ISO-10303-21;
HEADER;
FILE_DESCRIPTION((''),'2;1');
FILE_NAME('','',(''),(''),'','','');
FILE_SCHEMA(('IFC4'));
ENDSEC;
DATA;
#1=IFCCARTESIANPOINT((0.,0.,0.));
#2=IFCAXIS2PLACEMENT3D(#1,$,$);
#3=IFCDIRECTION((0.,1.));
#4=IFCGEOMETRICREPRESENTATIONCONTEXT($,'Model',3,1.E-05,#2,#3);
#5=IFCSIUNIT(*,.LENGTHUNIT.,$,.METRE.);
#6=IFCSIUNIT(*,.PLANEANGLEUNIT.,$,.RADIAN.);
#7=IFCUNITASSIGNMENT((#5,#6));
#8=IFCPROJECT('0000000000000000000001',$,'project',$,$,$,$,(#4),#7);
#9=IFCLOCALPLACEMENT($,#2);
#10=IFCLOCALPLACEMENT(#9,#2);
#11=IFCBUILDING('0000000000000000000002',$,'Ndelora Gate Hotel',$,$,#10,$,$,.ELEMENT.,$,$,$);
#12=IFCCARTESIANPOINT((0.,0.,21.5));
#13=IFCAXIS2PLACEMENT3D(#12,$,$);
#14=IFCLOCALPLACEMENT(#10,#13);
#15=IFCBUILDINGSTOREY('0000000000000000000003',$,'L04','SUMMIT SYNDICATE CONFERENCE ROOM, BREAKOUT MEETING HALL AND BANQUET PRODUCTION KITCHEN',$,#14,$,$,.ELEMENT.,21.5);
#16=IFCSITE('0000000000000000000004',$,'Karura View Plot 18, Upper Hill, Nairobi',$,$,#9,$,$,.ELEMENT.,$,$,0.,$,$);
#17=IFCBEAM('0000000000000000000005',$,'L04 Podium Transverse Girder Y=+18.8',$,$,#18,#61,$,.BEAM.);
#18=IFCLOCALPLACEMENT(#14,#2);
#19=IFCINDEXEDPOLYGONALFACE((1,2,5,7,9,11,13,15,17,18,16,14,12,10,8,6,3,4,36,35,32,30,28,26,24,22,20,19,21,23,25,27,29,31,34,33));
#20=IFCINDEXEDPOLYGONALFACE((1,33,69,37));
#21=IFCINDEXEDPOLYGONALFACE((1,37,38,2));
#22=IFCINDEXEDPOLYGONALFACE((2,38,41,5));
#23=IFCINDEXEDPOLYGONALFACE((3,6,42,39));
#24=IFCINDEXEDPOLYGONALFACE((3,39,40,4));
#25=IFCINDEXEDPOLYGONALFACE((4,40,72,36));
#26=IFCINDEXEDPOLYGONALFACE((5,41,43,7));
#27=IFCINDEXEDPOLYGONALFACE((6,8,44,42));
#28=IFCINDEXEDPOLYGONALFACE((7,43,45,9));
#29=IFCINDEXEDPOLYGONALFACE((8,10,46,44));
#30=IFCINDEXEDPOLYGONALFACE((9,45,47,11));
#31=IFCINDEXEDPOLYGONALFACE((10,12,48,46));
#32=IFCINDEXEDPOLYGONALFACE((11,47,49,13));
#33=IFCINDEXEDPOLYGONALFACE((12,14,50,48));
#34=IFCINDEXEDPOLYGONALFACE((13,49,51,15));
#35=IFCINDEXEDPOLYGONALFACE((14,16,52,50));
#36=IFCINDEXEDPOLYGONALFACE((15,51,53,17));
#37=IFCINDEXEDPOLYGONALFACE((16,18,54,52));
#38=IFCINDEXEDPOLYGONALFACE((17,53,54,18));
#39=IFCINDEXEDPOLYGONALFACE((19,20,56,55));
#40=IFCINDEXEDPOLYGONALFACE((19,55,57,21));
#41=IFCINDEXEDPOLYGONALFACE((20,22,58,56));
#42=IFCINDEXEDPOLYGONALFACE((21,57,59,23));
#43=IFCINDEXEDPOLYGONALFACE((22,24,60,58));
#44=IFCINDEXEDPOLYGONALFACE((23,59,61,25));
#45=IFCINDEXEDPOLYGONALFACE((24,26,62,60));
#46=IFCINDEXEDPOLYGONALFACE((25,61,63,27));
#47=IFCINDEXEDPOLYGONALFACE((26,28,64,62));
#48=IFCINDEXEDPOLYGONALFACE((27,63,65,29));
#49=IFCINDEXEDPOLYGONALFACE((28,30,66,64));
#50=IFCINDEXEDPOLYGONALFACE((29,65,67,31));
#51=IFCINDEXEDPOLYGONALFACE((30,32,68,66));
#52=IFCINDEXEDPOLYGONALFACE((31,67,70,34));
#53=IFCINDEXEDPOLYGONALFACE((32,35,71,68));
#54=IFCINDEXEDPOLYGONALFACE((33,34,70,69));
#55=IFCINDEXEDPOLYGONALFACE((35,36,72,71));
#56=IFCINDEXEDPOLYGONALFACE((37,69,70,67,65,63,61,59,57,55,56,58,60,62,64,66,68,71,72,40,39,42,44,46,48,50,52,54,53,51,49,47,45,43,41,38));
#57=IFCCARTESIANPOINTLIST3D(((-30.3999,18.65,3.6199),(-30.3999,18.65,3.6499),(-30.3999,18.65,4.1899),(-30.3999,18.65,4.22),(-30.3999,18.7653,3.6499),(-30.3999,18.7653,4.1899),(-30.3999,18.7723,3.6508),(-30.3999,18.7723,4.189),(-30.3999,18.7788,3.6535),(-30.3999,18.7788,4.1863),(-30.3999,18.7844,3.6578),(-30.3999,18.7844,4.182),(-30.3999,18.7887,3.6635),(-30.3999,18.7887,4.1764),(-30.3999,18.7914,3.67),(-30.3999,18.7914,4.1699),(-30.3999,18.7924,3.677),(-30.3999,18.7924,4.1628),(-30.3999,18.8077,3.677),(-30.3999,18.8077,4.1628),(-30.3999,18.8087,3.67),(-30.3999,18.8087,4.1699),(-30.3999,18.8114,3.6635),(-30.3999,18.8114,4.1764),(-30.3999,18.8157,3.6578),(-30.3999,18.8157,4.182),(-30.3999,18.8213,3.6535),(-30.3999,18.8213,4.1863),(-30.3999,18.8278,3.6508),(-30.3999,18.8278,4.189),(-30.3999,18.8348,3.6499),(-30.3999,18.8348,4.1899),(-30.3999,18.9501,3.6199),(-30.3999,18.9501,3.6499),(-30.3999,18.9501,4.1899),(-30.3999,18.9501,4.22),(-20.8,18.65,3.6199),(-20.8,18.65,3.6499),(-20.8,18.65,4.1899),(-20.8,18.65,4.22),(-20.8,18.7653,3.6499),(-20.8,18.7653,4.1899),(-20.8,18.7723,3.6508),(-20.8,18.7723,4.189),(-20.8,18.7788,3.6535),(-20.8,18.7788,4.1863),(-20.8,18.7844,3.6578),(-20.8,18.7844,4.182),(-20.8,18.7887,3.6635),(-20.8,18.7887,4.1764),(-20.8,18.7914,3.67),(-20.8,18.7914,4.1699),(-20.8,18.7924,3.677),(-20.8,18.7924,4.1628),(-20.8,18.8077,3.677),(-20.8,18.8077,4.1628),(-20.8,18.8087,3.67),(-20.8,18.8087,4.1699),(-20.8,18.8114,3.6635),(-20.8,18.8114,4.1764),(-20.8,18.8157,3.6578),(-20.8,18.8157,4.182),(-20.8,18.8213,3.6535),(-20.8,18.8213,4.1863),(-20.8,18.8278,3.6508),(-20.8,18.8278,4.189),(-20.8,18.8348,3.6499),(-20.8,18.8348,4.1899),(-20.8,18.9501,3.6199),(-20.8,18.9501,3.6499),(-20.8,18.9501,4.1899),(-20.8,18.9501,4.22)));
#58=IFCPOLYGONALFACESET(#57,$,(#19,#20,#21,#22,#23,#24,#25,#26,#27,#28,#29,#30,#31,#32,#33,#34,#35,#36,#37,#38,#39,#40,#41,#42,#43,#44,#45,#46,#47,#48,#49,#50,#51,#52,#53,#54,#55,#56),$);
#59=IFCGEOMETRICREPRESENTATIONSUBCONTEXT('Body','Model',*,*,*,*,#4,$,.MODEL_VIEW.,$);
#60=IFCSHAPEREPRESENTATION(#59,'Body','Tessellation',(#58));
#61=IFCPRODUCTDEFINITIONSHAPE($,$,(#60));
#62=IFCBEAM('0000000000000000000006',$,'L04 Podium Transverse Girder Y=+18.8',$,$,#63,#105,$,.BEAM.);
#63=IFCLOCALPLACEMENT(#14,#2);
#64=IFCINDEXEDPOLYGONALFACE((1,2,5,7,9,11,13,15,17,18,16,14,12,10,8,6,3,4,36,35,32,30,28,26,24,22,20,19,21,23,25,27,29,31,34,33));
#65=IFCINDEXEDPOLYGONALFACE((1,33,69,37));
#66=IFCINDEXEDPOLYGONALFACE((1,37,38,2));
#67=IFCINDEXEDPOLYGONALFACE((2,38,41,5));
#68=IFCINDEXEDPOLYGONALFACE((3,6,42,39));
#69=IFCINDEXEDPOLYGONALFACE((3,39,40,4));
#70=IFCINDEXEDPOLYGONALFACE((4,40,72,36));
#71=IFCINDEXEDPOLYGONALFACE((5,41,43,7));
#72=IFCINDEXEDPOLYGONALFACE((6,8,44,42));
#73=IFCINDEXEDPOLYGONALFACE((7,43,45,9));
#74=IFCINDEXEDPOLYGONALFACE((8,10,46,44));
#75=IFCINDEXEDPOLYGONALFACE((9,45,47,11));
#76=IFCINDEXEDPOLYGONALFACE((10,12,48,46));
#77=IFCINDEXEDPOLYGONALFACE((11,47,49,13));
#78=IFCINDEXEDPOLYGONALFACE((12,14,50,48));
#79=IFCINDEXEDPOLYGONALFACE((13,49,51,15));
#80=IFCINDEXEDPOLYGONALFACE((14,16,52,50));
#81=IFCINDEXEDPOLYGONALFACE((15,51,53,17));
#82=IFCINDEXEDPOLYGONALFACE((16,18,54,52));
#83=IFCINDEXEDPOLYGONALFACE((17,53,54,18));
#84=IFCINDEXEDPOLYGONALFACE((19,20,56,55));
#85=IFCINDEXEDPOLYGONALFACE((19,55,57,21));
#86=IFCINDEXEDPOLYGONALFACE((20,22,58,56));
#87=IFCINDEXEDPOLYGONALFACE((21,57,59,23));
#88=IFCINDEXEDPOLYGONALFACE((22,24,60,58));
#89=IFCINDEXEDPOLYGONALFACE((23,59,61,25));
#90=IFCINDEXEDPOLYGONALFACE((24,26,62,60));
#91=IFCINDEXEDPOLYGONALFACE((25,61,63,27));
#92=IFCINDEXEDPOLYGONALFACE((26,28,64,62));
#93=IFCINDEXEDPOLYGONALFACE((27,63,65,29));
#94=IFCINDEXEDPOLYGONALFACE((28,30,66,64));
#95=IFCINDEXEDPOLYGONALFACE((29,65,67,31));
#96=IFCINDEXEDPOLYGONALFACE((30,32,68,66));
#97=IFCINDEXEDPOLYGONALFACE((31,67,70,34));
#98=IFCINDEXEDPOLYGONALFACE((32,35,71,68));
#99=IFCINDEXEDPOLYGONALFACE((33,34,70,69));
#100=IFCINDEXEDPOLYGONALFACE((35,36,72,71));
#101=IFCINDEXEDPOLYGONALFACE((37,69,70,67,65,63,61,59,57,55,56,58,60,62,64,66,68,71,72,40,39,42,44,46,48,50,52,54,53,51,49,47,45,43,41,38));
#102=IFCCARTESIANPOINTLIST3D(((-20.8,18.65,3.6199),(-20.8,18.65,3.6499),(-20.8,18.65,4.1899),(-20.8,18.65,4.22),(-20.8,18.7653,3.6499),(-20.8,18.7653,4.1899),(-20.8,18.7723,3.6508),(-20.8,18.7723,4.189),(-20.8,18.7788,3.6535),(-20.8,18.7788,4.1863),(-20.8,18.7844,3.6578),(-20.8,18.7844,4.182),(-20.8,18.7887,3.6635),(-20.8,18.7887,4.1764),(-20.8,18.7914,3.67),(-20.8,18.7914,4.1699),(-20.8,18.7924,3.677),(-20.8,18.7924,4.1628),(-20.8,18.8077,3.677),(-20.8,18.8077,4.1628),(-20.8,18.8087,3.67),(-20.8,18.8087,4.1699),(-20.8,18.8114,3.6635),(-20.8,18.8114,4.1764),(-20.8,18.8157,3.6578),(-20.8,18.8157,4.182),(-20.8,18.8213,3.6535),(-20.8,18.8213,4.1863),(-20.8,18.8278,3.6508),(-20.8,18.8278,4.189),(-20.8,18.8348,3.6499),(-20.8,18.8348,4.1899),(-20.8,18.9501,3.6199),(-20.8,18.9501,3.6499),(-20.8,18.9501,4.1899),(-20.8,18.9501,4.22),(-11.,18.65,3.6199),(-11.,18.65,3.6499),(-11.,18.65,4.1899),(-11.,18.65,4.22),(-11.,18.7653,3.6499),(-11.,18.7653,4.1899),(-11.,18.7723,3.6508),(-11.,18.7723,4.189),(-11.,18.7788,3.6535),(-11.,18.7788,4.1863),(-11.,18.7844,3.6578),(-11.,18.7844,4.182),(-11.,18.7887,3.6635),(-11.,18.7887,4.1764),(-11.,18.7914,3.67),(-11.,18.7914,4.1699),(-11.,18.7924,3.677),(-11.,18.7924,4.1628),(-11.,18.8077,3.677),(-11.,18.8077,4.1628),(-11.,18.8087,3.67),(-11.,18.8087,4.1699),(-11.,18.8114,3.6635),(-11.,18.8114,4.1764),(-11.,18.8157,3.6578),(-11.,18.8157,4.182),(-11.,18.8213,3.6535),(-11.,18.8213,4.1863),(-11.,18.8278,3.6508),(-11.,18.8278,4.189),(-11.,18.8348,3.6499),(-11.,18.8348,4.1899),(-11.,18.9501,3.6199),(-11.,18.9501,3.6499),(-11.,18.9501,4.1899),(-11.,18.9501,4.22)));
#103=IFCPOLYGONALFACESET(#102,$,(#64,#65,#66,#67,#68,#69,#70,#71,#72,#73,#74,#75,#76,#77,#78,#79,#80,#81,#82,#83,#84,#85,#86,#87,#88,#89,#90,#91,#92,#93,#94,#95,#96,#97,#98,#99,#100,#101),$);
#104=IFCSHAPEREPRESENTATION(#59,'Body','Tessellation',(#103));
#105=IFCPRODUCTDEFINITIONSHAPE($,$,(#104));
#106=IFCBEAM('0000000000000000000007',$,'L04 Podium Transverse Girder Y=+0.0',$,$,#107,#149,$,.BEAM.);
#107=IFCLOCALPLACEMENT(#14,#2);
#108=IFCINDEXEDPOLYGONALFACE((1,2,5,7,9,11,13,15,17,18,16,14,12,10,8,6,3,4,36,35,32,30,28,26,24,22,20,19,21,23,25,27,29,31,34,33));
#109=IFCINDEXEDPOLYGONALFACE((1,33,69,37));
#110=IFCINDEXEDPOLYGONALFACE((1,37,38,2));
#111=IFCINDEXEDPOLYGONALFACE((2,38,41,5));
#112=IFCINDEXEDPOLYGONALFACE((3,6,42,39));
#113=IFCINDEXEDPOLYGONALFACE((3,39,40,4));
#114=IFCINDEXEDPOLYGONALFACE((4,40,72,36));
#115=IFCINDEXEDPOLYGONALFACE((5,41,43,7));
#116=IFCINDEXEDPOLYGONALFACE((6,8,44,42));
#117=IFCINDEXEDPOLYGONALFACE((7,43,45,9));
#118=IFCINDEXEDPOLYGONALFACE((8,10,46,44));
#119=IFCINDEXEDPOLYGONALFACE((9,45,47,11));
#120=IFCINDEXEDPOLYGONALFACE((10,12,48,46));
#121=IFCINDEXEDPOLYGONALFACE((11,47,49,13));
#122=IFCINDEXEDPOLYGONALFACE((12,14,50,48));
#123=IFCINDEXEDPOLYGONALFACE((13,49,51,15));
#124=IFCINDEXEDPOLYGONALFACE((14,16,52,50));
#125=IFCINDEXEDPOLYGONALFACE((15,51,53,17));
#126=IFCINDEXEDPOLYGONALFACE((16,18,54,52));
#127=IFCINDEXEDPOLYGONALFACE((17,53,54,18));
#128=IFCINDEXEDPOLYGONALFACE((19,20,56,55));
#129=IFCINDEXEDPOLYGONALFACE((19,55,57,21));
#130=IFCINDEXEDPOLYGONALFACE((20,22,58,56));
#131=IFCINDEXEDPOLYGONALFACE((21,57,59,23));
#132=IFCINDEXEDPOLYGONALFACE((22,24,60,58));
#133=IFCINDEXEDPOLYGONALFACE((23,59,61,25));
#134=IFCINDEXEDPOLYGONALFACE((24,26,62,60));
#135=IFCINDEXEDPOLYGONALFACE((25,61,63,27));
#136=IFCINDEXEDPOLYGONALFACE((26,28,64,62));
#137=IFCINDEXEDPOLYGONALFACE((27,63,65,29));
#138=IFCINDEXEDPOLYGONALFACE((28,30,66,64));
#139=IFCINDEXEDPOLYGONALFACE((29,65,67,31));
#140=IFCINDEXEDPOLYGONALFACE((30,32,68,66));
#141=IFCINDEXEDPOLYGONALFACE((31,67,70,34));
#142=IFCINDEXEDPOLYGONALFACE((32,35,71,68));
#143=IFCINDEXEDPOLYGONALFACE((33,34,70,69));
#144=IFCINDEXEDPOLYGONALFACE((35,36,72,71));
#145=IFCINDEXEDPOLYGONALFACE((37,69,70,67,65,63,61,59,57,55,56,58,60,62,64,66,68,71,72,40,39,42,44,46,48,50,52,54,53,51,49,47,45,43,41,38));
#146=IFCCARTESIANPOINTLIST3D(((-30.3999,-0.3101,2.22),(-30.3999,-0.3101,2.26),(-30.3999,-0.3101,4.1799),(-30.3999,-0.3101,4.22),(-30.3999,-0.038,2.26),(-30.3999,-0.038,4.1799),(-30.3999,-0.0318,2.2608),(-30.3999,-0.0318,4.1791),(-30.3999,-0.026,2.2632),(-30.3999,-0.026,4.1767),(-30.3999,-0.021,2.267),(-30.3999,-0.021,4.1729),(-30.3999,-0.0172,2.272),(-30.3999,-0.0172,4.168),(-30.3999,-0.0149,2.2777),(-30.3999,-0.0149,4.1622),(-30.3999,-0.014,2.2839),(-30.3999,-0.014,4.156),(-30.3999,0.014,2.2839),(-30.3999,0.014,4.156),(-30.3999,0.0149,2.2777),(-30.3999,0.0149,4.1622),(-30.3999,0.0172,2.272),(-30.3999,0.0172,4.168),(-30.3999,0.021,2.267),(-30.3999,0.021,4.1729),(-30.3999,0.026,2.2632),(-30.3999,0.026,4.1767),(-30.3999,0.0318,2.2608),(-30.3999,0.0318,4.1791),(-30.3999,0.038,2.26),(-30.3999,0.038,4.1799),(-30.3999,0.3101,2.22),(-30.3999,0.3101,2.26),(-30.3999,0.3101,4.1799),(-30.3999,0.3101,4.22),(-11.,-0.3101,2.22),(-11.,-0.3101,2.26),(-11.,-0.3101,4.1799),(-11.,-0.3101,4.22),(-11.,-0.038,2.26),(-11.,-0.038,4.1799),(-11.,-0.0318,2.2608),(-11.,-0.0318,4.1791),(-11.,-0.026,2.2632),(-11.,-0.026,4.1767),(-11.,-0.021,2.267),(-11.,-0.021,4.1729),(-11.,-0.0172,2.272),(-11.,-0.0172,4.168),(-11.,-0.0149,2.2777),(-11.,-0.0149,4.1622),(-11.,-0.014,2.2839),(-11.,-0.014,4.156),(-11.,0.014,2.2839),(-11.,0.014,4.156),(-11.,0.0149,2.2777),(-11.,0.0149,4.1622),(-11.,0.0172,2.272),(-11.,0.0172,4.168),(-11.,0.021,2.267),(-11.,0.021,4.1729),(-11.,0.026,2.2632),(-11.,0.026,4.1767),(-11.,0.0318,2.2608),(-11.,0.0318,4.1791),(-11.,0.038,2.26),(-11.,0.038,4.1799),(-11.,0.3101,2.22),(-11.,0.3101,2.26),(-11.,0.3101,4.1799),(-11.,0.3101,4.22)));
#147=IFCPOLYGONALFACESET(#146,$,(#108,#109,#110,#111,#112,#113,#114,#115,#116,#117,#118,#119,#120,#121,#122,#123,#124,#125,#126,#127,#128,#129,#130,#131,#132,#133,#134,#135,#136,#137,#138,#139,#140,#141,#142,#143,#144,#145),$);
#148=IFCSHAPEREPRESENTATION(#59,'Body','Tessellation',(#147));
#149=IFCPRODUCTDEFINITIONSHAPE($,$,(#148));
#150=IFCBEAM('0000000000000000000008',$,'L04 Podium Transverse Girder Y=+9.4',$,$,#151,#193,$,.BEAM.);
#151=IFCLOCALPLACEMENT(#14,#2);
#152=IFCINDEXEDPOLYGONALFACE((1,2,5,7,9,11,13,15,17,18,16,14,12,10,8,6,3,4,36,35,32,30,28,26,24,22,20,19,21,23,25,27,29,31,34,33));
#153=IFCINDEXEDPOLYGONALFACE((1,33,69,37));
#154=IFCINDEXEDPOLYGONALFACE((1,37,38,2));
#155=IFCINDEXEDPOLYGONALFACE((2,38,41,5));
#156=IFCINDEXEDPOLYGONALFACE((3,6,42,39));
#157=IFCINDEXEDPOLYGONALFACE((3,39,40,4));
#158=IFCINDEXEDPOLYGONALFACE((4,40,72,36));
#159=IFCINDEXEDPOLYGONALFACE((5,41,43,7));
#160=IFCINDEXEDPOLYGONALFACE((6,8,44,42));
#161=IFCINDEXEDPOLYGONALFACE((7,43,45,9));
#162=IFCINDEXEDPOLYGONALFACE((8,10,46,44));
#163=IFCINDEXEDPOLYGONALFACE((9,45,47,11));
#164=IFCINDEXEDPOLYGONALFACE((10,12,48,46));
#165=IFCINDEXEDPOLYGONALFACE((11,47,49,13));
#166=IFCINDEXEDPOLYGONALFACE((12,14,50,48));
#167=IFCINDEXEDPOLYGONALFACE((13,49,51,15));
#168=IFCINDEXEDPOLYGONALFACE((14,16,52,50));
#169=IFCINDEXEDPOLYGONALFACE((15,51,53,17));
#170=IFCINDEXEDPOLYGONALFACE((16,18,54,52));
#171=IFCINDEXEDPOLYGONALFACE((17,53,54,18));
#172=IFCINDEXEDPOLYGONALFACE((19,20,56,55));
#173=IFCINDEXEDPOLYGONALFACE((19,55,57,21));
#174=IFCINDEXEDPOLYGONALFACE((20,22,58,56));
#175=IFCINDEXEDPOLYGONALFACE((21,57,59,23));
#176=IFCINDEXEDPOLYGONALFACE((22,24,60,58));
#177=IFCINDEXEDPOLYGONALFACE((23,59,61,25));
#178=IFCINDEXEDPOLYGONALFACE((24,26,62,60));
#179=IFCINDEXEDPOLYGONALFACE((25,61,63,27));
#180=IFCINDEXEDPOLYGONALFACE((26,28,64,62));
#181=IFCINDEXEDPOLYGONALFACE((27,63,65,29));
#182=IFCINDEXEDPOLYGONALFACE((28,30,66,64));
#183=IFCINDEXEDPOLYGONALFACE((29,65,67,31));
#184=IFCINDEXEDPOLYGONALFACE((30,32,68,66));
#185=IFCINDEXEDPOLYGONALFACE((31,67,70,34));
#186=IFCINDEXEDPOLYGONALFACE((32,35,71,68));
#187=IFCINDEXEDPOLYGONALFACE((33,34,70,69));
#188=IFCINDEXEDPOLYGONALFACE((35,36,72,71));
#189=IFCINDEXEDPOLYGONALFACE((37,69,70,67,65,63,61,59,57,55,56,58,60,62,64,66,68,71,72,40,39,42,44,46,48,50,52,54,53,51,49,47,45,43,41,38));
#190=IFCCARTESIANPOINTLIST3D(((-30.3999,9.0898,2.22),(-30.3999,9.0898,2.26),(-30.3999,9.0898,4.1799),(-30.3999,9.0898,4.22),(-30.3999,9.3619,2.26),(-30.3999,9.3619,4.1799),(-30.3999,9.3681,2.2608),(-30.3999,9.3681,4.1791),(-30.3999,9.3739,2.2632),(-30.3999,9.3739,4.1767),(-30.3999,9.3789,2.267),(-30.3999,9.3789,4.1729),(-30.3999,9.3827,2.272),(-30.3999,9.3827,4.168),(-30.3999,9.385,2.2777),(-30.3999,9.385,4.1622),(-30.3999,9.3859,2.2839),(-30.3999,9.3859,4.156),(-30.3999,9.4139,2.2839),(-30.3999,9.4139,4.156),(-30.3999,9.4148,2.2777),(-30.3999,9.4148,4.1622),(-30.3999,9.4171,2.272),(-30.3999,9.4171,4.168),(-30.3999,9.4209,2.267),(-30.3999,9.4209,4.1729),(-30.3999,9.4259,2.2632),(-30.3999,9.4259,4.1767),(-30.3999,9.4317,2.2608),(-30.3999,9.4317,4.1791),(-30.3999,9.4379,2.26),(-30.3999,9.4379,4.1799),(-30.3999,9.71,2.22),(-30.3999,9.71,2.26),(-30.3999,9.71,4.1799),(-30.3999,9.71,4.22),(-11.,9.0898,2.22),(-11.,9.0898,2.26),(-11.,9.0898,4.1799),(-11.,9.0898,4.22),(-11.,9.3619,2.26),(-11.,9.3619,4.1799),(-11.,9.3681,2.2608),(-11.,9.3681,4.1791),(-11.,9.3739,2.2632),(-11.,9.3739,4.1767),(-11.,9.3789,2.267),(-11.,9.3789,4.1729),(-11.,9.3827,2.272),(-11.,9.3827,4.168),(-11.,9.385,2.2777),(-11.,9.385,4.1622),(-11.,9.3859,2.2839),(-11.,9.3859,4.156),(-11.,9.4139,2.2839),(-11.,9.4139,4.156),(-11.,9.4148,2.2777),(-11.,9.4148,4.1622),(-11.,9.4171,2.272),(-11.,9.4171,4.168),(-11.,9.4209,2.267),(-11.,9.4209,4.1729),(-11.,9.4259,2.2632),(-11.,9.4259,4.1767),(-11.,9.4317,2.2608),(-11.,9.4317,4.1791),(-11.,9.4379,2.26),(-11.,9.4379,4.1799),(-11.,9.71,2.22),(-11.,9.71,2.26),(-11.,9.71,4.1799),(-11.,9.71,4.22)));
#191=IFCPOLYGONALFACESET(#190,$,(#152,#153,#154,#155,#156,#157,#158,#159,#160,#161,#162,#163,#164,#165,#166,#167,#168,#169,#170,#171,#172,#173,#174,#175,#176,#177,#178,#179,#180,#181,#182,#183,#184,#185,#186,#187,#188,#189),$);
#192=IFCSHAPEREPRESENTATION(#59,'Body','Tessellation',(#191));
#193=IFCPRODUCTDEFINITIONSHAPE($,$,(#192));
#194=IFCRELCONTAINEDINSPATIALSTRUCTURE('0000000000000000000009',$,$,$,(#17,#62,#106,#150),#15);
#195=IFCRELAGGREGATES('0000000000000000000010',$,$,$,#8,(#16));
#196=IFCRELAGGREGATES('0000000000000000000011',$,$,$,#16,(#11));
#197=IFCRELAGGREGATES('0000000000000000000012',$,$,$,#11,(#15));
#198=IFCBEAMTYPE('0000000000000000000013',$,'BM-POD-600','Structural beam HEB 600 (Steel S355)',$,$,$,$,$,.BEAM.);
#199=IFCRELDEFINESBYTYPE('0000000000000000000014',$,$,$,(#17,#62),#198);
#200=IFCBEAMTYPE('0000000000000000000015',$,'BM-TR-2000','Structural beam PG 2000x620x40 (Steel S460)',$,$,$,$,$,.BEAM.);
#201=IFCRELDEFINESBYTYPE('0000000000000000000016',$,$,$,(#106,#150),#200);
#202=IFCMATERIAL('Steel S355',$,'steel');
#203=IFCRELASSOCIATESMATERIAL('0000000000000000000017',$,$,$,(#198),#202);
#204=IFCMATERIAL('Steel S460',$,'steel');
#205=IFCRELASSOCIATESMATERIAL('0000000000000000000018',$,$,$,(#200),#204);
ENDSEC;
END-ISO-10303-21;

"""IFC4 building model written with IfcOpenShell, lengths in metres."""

from ifc_helpers import new_model, si_unit, direction, frame, origin, origin_2d, place, context, subcontext, project, spatial, i_section, extrude, material, material_profile, profile_set, type_object, element, save


model = new_model("IFC4")

# Units and contexts
model_context = context("Model", 3, precision=1e-05, world=origin(), true_north=direction((0.0, 1.0)))
body_context = subcontext(model_context, "Body", "Model", "MODEL_VIEW")
ifc_project = project(units=[si_unit("LENGTHUNIT", "METRE"), si_unit("PLANEANGLEUNIT", "RADIAN")], contexts=[model_context])

# Site, building, storey
site_placement = place(None, origin())
site = spatial("IfcSite", under=ifc_project, at=site_placement, Name="Karura View Plot 18, Upper Hill, Nairobi", CompositionType="ELEMENT", RefElevation=0.0)
building_placement = place(site_placement, origin())
building = spatial("IfcBuilding", under=site, at=building_placement, Name="Ndelora Gate Hotel", CompositionType="ELEMENT")
storey_placement = place(building_placement, frame((0.0, 0.0, 21.5)))
storey = spatial("IfcBuildingStorey", under=building, at=storey_placement, Name="L04", Description="SUMMIT SYNDICATE CONFERENCE ROOM, BREAKOUT MEETING HALL AND BANQUET PRODUCTION KITCHEN", CompositionType="ELEMENT", Elevation=21.5)

# Beams
ifc_material_1 = material(Name="Steel S460", Category="steel")
ifc_material_2 = material(Name="Steel S355", Category="steel")
ifc_material_profile_1 = material_profile(ifc_material_2, i_section(OverallWidth=0.3, OverallDepth=0.6001, WebThickness=0.0154, FlangeThickness=0.03, FilletRadius=0.0271, at=origin_2d()), Name="HEB 600")
ifc_profile_set_1 = profile_set([ifc_material_profile_1], Name="Steel S355")
beam_type_1 = type_object("IfcBeamType", Name="BM-POD-600", Description="Structural beam HEB 600 (Steel S355)", PredefinedType="BEAM", material=ifc_profile_set_1)
beam_1_placement = place(storey_placement, frame((-30.3999, 18.8, 3.9199), z_axis=(1.0, 0.0, 0.0), x_axis=(0.0, 1.0, 0.0)))
element("IfcBeam", 1, at=beam_1_placement, inside=storey, type_object=beam_type_1, Name="L04 Podium Transverse Girder Y=+18.8", PredefinedType="BEAM", context=body_context, shape_type="SweptSolid", body=[
    extrude(i_section(OverallWidth=0.3, OverallDepth=0.6001, WebThickness=0.0154, FlangeThickness=0.03, FilletRadius=0.0271, at=origin_2d()), origin(), (0.0, 0.0, 1.0), 9.5999),
])
beam_2_placement = place(storey_placement, frame((-20.8, 18.8, 3.9199), z_axis=(1.0, 0.0, 0.0), x_axis=(0.0, 1.0, 0.0)))
element("IfcBeam", 2, at=beam_2_placement, inside=storey, type_object=beam_type_1, Name="L04 Podium Transverse Girder Y=+18.8", PredefinedType="BEAM", context=body_context, shape_type="SweptSolid", body=[
    extrude(i_section(OverallWidth=0.3, OverallDepth=0.6001, WebThickness=0.0154, FlangeThickness=0.03, FilletRadius=0.0271, at=origin_2d()), origin(), (0.0, 0.0, 1.0), 9.8),
])
ifc_material_profile_2 = material_profile(ifc_material_1, i_section(OverallWidth=0.6201, OverallDepth=2.0, WebThickness=0.0281, FlangeThickness=0.04, FilletRadius=0.0239, at=origin_2d()), Name="PG 2000x620x40")
ifc_profile_set_2 = profile_set([ifc_material_profile_2], Name="Steel S460")
beam_type_2 = type_object("IfcBeamType", Name="BM-TR-2000", Description="Structural beam PG 2000x620x40 (Steel S460)", PredefinedType="BEAM", material=ifc_profile_set_2)
for number, where, z_axis, x_axis, name in (
    (3, (-30.3999, 0.0, 3.22), (1.0, 0.0, 0.0), (0.0, 1.0, 0.0), "L04 Podium Transverse Girder Y=+0.0"),
    (4, (-30.3999, 9.3999, 3.22), (1.0, 0.0, 0.0), (0.0, 1.0, 0.0), "L04 Podium Transverse Girder Y=+9.4"),
):
    element("IfcBeam", number, at=place(storey_placement, frame(where, z_axis=z_axis, x_axis=x_axis)), inside=storey, type_object=beam_type_2, Name=name, PredefinedType="BEAM", context=body_context, shape_type="SweptSolid", body=[
        extrude(i_section(OverallWidth=0.6201, OverallDepth=2.0, WebThickness=0.0281, FlangeThickness=0.04, FilletRadius=0.0239, at=origin_2d()), origin(), (0.0, 0.0, 1.0), 19.3999),
    ])

save(model, "model.ifc")
